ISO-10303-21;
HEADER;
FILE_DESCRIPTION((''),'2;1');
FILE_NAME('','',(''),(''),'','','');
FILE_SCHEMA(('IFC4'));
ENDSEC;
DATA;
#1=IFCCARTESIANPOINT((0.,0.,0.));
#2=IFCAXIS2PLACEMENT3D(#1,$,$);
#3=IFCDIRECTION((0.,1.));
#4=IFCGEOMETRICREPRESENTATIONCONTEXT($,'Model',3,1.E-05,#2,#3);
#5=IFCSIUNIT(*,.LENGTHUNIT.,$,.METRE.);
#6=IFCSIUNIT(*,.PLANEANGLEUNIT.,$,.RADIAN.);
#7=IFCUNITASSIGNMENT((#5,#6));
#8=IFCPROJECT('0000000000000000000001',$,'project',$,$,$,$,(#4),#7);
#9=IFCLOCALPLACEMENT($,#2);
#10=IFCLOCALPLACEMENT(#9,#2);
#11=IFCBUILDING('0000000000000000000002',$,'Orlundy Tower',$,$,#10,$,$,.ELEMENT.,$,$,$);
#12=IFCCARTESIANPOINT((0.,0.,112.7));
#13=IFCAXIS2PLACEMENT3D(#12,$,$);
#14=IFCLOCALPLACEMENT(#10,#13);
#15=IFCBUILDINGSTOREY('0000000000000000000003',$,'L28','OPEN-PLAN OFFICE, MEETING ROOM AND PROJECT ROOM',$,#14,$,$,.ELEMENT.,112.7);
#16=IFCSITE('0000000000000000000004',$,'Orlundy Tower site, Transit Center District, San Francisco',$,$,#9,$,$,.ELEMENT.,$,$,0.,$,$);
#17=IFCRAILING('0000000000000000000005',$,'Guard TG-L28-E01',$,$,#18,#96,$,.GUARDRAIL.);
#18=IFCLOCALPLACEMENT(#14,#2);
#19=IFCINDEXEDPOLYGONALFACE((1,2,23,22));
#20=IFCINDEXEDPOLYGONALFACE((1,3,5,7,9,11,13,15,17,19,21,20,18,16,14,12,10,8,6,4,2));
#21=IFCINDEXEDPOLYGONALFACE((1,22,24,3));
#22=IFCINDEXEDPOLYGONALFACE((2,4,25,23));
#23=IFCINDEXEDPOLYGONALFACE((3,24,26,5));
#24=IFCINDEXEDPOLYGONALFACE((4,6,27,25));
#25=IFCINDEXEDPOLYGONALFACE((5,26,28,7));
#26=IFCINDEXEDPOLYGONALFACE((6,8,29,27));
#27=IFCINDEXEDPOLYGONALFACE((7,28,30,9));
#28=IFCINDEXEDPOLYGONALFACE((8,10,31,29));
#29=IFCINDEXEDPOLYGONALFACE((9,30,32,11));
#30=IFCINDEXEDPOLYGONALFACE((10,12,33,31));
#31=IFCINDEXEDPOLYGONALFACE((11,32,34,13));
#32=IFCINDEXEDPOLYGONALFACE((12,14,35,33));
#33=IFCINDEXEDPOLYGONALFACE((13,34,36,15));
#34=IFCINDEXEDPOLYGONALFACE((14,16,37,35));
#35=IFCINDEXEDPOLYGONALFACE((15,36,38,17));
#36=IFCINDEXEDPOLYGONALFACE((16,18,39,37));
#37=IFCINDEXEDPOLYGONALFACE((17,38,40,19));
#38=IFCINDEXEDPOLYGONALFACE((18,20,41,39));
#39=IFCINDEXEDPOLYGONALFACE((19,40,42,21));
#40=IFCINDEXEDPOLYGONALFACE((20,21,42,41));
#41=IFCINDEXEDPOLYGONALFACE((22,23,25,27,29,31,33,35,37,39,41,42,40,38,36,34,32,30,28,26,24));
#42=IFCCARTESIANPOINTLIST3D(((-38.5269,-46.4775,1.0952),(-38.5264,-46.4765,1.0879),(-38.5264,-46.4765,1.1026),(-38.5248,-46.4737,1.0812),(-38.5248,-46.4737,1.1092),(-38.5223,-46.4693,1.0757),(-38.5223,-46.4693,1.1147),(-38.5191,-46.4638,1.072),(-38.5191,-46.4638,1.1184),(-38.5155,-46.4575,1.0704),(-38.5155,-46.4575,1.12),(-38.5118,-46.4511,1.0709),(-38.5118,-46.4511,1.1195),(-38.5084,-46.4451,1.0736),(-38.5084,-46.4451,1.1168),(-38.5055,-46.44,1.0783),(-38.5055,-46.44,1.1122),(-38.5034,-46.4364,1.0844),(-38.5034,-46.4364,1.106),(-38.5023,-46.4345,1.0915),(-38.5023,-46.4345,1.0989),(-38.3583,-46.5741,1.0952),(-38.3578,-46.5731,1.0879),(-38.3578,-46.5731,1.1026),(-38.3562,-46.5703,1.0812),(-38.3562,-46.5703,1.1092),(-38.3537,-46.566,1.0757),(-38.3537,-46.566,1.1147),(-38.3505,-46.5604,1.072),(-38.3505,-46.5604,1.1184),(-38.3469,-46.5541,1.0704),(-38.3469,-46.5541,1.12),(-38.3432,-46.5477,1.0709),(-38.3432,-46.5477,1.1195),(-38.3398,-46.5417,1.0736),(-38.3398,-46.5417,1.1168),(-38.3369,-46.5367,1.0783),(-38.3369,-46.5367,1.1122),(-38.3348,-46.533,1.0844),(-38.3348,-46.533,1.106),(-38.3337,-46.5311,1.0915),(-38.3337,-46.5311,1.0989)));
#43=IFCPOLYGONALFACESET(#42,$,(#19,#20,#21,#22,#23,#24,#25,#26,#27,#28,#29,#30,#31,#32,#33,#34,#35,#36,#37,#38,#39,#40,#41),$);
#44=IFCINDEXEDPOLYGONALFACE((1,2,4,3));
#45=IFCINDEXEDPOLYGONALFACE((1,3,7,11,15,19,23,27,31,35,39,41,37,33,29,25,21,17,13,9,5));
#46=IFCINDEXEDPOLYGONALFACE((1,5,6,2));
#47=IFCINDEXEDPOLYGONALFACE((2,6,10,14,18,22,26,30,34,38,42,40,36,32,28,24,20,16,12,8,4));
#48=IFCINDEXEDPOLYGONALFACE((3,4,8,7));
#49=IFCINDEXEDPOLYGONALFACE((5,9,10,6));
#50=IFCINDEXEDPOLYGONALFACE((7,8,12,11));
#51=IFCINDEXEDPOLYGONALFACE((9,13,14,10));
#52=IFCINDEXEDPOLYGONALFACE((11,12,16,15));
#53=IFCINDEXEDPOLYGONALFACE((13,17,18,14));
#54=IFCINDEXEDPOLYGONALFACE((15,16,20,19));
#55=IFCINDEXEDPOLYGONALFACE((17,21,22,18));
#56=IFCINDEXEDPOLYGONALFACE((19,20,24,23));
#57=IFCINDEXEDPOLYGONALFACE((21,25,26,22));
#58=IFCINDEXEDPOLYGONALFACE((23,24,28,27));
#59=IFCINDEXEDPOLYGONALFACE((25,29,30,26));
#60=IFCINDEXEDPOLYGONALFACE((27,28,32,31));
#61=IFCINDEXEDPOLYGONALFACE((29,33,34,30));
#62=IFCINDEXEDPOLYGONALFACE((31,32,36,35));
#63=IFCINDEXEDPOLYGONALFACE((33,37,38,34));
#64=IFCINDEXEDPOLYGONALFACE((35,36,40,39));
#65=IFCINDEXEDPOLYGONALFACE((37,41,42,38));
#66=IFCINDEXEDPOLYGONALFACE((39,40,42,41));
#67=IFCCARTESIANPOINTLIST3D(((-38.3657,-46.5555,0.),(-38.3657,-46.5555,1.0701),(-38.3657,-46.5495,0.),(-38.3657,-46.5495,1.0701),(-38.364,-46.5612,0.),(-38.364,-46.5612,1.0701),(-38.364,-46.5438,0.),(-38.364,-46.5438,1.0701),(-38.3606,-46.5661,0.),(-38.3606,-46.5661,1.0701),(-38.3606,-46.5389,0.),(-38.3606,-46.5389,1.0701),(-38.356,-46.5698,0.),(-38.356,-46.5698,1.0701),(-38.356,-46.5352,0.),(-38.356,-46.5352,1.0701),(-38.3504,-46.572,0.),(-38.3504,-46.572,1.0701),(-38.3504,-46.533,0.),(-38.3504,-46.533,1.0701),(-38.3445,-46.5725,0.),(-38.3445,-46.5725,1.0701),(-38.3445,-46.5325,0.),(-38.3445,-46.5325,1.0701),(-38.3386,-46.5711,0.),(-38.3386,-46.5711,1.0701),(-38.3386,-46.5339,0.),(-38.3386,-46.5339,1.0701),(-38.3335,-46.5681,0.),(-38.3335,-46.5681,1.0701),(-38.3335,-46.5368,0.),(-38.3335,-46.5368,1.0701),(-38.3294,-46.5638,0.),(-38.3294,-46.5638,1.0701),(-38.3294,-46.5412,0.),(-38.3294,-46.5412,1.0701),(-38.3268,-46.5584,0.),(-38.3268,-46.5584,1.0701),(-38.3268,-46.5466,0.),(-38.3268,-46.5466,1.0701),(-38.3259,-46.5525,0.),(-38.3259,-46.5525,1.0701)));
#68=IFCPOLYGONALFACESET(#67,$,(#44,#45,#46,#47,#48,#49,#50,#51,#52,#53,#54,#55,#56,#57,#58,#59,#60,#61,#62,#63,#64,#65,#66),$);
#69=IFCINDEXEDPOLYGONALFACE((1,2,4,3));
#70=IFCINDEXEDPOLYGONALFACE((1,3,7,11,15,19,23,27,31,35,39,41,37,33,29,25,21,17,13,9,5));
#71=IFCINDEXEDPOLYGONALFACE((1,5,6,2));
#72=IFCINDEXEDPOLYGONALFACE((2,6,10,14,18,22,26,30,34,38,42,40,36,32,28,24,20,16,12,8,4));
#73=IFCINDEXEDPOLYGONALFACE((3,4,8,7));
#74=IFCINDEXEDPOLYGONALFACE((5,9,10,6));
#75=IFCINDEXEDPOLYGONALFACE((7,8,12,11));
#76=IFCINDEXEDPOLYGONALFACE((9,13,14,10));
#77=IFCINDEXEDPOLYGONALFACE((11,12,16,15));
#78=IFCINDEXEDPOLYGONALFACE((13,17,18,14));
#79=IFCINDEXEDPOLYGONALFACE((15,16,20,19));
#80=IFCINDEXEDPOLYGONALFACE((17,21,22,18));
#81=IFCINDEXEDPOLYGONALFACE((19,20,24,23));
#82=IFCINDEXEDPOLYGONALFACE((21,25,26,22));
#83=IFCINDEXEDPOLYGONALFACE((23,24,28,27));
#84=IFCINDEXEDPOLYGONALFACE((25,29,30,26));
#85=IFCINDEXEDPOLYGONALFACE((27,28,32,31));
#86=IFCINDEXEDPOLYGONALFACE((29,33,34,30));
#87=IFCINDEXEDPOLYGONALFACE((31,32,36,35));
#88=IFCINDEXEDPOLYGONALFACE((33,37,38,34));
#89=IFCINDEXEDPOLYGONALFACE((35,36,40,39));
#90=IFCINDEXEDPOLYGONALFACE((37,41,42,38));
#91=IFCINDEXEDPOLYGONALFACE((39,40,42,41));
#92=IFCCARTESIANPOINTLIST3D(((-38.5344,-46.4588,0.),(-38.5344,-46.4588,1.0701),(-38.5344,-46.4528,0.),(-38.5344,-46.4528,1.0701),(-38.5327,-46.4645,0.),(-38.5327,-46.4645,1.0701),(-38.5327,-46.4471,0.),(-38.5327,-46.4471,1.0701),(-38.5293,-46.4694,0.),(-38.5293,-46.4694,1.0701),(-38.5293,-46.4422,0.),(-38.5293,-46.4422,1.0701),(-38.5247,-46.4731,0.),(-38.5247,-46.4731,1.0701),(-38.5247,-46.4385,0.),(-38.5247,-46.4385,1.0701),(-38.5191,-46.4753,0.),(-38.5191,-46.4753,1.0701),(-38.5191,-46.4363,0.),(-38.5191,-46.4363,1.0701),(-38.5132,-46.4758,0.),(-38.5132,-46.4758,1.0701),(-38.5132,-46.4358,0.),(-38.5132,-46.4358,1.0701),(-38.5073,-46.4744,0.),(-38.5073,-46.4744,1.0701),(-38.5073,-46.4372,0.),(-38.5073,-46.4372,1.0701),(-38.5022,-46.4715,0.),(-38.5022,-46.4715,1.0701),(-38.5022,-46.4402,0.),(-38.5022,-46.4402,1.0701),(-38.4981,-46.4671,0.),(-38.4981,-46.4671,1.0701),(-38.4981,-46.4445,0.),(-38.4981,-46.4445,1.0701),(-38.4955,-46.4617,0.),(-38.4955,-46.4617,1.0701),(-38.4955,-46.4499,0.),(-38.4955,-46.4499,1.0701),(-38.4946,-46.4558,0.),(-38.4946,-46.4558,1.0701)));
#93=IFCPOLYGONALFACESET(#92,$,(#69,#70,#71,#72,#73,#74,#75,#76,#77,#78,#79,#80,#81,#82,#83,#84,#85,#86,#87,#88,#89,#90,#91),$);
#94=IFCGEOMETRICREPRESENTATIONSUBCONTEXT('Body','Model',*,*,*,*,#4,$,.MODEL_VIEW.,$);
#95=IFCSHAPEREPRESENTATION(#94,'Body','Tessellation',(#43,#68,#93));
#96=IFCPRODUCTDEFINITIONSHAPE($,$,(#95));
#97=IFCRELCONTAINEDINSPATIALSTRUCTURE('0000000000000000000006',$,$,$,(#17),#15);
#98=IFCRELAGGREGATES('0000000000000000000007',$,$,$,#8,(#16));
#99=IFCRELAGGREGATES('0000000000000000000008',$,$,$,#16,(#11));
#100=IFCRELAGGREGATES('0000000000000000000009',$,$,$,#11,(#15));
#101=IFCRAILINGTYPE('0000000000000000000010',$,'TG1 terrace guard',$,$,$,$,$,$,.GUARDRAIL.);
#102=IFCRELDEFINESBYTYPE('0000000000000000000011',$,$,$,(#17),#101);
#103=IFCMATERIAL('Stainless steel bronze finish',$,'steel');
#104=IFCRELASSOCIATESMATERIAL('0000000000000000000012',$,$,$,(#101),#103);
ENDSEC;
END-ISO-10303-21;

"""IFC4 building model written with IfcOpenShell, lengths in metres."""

from ifc_helpers import new_model, si_unit, direction, frame, origin, origin_2d, place, context, subcontext, project, spatial, circle, extrude, material, type_object, element, save


model = new_model("IFC4")

# Units and contexts
model_context = context("Model", 3, precision=1e-05, world=origin(), true_north=direction((0.0, 1.0)))
body_context = subcontext(model_context, "Body", "Model", "MODEL_VIEW")
ifc_project = project(units=[si_unit("LENGTHUNIT", "METRE"), si_unit("PLANEANGLEUNIT", "RADIAN")], contexts=[model_context])

# Site, building, storey
site_placement = place(None, origin())
site = spatial("IfcSite", under=ifc_project, at=site_placement, Name="Orlundy Tower site, Transit Center District, San Francisco", CompositionType="ELEMENT", RefElevation=0.0)
building_placement = place(site_placement, origin())
building = spatial("IfcBuilding", under=site, at=building_placement, Name="Orlundy Tower", CompositionType="ELEMENT")
storey_placement = place(building_placement, frame((0.0, 0.0, 112.7)))
storey = spatial("IfcBuildingStorey", under=building, at=storey_placement, Name="L28", Description="OPEN-PLAN OFFICE, MEETING ROOM AND PROJECT ROOM", CompositionType="ELEMENT", Elevation=112.7)

# Railing
ifc_material_1 = material(Name="Stainless steel bronze finish", Category="steel")
railing_type = type_object("IfcRailingType", Name="TG1 terrace guard", PredefinedType="GUARDRAIL", material=ifc_material_1)
railing_placement = place(storey_placement, frame((-38.3459, -46.5525, 0.0)))
element("IfcRailing", 1, at=railing_placement, inside=storey, type_object=railing_type, Name="Guard TG-L28-E01", PredefinedType="GUARDRAIL", context=body_context, shape_type="SweptSolid", body=[
    extrude(circle(Radius=0.0249, at=origin_2d()), frame((0.0, 0.0, 1.0952), z_axis=(-0.867624, 0.49722, 0.0), x_axis=(-0.49722, -0.867624, 0.0)), (0.0, 0.0, 1.0), 0.1943),
    extrude(circle(Radius=0.02, at=origin_2d()), origin(), (0.0, 0.0, 1.0), 1.0701),
    extrude(circle(Radius=0.02, at=origin_2d()), frame((-0.1687, 0.0967, 0.0)), (0.0, 0.0, 1.0), 1.0701),
])

save(model, "model.ifc")
